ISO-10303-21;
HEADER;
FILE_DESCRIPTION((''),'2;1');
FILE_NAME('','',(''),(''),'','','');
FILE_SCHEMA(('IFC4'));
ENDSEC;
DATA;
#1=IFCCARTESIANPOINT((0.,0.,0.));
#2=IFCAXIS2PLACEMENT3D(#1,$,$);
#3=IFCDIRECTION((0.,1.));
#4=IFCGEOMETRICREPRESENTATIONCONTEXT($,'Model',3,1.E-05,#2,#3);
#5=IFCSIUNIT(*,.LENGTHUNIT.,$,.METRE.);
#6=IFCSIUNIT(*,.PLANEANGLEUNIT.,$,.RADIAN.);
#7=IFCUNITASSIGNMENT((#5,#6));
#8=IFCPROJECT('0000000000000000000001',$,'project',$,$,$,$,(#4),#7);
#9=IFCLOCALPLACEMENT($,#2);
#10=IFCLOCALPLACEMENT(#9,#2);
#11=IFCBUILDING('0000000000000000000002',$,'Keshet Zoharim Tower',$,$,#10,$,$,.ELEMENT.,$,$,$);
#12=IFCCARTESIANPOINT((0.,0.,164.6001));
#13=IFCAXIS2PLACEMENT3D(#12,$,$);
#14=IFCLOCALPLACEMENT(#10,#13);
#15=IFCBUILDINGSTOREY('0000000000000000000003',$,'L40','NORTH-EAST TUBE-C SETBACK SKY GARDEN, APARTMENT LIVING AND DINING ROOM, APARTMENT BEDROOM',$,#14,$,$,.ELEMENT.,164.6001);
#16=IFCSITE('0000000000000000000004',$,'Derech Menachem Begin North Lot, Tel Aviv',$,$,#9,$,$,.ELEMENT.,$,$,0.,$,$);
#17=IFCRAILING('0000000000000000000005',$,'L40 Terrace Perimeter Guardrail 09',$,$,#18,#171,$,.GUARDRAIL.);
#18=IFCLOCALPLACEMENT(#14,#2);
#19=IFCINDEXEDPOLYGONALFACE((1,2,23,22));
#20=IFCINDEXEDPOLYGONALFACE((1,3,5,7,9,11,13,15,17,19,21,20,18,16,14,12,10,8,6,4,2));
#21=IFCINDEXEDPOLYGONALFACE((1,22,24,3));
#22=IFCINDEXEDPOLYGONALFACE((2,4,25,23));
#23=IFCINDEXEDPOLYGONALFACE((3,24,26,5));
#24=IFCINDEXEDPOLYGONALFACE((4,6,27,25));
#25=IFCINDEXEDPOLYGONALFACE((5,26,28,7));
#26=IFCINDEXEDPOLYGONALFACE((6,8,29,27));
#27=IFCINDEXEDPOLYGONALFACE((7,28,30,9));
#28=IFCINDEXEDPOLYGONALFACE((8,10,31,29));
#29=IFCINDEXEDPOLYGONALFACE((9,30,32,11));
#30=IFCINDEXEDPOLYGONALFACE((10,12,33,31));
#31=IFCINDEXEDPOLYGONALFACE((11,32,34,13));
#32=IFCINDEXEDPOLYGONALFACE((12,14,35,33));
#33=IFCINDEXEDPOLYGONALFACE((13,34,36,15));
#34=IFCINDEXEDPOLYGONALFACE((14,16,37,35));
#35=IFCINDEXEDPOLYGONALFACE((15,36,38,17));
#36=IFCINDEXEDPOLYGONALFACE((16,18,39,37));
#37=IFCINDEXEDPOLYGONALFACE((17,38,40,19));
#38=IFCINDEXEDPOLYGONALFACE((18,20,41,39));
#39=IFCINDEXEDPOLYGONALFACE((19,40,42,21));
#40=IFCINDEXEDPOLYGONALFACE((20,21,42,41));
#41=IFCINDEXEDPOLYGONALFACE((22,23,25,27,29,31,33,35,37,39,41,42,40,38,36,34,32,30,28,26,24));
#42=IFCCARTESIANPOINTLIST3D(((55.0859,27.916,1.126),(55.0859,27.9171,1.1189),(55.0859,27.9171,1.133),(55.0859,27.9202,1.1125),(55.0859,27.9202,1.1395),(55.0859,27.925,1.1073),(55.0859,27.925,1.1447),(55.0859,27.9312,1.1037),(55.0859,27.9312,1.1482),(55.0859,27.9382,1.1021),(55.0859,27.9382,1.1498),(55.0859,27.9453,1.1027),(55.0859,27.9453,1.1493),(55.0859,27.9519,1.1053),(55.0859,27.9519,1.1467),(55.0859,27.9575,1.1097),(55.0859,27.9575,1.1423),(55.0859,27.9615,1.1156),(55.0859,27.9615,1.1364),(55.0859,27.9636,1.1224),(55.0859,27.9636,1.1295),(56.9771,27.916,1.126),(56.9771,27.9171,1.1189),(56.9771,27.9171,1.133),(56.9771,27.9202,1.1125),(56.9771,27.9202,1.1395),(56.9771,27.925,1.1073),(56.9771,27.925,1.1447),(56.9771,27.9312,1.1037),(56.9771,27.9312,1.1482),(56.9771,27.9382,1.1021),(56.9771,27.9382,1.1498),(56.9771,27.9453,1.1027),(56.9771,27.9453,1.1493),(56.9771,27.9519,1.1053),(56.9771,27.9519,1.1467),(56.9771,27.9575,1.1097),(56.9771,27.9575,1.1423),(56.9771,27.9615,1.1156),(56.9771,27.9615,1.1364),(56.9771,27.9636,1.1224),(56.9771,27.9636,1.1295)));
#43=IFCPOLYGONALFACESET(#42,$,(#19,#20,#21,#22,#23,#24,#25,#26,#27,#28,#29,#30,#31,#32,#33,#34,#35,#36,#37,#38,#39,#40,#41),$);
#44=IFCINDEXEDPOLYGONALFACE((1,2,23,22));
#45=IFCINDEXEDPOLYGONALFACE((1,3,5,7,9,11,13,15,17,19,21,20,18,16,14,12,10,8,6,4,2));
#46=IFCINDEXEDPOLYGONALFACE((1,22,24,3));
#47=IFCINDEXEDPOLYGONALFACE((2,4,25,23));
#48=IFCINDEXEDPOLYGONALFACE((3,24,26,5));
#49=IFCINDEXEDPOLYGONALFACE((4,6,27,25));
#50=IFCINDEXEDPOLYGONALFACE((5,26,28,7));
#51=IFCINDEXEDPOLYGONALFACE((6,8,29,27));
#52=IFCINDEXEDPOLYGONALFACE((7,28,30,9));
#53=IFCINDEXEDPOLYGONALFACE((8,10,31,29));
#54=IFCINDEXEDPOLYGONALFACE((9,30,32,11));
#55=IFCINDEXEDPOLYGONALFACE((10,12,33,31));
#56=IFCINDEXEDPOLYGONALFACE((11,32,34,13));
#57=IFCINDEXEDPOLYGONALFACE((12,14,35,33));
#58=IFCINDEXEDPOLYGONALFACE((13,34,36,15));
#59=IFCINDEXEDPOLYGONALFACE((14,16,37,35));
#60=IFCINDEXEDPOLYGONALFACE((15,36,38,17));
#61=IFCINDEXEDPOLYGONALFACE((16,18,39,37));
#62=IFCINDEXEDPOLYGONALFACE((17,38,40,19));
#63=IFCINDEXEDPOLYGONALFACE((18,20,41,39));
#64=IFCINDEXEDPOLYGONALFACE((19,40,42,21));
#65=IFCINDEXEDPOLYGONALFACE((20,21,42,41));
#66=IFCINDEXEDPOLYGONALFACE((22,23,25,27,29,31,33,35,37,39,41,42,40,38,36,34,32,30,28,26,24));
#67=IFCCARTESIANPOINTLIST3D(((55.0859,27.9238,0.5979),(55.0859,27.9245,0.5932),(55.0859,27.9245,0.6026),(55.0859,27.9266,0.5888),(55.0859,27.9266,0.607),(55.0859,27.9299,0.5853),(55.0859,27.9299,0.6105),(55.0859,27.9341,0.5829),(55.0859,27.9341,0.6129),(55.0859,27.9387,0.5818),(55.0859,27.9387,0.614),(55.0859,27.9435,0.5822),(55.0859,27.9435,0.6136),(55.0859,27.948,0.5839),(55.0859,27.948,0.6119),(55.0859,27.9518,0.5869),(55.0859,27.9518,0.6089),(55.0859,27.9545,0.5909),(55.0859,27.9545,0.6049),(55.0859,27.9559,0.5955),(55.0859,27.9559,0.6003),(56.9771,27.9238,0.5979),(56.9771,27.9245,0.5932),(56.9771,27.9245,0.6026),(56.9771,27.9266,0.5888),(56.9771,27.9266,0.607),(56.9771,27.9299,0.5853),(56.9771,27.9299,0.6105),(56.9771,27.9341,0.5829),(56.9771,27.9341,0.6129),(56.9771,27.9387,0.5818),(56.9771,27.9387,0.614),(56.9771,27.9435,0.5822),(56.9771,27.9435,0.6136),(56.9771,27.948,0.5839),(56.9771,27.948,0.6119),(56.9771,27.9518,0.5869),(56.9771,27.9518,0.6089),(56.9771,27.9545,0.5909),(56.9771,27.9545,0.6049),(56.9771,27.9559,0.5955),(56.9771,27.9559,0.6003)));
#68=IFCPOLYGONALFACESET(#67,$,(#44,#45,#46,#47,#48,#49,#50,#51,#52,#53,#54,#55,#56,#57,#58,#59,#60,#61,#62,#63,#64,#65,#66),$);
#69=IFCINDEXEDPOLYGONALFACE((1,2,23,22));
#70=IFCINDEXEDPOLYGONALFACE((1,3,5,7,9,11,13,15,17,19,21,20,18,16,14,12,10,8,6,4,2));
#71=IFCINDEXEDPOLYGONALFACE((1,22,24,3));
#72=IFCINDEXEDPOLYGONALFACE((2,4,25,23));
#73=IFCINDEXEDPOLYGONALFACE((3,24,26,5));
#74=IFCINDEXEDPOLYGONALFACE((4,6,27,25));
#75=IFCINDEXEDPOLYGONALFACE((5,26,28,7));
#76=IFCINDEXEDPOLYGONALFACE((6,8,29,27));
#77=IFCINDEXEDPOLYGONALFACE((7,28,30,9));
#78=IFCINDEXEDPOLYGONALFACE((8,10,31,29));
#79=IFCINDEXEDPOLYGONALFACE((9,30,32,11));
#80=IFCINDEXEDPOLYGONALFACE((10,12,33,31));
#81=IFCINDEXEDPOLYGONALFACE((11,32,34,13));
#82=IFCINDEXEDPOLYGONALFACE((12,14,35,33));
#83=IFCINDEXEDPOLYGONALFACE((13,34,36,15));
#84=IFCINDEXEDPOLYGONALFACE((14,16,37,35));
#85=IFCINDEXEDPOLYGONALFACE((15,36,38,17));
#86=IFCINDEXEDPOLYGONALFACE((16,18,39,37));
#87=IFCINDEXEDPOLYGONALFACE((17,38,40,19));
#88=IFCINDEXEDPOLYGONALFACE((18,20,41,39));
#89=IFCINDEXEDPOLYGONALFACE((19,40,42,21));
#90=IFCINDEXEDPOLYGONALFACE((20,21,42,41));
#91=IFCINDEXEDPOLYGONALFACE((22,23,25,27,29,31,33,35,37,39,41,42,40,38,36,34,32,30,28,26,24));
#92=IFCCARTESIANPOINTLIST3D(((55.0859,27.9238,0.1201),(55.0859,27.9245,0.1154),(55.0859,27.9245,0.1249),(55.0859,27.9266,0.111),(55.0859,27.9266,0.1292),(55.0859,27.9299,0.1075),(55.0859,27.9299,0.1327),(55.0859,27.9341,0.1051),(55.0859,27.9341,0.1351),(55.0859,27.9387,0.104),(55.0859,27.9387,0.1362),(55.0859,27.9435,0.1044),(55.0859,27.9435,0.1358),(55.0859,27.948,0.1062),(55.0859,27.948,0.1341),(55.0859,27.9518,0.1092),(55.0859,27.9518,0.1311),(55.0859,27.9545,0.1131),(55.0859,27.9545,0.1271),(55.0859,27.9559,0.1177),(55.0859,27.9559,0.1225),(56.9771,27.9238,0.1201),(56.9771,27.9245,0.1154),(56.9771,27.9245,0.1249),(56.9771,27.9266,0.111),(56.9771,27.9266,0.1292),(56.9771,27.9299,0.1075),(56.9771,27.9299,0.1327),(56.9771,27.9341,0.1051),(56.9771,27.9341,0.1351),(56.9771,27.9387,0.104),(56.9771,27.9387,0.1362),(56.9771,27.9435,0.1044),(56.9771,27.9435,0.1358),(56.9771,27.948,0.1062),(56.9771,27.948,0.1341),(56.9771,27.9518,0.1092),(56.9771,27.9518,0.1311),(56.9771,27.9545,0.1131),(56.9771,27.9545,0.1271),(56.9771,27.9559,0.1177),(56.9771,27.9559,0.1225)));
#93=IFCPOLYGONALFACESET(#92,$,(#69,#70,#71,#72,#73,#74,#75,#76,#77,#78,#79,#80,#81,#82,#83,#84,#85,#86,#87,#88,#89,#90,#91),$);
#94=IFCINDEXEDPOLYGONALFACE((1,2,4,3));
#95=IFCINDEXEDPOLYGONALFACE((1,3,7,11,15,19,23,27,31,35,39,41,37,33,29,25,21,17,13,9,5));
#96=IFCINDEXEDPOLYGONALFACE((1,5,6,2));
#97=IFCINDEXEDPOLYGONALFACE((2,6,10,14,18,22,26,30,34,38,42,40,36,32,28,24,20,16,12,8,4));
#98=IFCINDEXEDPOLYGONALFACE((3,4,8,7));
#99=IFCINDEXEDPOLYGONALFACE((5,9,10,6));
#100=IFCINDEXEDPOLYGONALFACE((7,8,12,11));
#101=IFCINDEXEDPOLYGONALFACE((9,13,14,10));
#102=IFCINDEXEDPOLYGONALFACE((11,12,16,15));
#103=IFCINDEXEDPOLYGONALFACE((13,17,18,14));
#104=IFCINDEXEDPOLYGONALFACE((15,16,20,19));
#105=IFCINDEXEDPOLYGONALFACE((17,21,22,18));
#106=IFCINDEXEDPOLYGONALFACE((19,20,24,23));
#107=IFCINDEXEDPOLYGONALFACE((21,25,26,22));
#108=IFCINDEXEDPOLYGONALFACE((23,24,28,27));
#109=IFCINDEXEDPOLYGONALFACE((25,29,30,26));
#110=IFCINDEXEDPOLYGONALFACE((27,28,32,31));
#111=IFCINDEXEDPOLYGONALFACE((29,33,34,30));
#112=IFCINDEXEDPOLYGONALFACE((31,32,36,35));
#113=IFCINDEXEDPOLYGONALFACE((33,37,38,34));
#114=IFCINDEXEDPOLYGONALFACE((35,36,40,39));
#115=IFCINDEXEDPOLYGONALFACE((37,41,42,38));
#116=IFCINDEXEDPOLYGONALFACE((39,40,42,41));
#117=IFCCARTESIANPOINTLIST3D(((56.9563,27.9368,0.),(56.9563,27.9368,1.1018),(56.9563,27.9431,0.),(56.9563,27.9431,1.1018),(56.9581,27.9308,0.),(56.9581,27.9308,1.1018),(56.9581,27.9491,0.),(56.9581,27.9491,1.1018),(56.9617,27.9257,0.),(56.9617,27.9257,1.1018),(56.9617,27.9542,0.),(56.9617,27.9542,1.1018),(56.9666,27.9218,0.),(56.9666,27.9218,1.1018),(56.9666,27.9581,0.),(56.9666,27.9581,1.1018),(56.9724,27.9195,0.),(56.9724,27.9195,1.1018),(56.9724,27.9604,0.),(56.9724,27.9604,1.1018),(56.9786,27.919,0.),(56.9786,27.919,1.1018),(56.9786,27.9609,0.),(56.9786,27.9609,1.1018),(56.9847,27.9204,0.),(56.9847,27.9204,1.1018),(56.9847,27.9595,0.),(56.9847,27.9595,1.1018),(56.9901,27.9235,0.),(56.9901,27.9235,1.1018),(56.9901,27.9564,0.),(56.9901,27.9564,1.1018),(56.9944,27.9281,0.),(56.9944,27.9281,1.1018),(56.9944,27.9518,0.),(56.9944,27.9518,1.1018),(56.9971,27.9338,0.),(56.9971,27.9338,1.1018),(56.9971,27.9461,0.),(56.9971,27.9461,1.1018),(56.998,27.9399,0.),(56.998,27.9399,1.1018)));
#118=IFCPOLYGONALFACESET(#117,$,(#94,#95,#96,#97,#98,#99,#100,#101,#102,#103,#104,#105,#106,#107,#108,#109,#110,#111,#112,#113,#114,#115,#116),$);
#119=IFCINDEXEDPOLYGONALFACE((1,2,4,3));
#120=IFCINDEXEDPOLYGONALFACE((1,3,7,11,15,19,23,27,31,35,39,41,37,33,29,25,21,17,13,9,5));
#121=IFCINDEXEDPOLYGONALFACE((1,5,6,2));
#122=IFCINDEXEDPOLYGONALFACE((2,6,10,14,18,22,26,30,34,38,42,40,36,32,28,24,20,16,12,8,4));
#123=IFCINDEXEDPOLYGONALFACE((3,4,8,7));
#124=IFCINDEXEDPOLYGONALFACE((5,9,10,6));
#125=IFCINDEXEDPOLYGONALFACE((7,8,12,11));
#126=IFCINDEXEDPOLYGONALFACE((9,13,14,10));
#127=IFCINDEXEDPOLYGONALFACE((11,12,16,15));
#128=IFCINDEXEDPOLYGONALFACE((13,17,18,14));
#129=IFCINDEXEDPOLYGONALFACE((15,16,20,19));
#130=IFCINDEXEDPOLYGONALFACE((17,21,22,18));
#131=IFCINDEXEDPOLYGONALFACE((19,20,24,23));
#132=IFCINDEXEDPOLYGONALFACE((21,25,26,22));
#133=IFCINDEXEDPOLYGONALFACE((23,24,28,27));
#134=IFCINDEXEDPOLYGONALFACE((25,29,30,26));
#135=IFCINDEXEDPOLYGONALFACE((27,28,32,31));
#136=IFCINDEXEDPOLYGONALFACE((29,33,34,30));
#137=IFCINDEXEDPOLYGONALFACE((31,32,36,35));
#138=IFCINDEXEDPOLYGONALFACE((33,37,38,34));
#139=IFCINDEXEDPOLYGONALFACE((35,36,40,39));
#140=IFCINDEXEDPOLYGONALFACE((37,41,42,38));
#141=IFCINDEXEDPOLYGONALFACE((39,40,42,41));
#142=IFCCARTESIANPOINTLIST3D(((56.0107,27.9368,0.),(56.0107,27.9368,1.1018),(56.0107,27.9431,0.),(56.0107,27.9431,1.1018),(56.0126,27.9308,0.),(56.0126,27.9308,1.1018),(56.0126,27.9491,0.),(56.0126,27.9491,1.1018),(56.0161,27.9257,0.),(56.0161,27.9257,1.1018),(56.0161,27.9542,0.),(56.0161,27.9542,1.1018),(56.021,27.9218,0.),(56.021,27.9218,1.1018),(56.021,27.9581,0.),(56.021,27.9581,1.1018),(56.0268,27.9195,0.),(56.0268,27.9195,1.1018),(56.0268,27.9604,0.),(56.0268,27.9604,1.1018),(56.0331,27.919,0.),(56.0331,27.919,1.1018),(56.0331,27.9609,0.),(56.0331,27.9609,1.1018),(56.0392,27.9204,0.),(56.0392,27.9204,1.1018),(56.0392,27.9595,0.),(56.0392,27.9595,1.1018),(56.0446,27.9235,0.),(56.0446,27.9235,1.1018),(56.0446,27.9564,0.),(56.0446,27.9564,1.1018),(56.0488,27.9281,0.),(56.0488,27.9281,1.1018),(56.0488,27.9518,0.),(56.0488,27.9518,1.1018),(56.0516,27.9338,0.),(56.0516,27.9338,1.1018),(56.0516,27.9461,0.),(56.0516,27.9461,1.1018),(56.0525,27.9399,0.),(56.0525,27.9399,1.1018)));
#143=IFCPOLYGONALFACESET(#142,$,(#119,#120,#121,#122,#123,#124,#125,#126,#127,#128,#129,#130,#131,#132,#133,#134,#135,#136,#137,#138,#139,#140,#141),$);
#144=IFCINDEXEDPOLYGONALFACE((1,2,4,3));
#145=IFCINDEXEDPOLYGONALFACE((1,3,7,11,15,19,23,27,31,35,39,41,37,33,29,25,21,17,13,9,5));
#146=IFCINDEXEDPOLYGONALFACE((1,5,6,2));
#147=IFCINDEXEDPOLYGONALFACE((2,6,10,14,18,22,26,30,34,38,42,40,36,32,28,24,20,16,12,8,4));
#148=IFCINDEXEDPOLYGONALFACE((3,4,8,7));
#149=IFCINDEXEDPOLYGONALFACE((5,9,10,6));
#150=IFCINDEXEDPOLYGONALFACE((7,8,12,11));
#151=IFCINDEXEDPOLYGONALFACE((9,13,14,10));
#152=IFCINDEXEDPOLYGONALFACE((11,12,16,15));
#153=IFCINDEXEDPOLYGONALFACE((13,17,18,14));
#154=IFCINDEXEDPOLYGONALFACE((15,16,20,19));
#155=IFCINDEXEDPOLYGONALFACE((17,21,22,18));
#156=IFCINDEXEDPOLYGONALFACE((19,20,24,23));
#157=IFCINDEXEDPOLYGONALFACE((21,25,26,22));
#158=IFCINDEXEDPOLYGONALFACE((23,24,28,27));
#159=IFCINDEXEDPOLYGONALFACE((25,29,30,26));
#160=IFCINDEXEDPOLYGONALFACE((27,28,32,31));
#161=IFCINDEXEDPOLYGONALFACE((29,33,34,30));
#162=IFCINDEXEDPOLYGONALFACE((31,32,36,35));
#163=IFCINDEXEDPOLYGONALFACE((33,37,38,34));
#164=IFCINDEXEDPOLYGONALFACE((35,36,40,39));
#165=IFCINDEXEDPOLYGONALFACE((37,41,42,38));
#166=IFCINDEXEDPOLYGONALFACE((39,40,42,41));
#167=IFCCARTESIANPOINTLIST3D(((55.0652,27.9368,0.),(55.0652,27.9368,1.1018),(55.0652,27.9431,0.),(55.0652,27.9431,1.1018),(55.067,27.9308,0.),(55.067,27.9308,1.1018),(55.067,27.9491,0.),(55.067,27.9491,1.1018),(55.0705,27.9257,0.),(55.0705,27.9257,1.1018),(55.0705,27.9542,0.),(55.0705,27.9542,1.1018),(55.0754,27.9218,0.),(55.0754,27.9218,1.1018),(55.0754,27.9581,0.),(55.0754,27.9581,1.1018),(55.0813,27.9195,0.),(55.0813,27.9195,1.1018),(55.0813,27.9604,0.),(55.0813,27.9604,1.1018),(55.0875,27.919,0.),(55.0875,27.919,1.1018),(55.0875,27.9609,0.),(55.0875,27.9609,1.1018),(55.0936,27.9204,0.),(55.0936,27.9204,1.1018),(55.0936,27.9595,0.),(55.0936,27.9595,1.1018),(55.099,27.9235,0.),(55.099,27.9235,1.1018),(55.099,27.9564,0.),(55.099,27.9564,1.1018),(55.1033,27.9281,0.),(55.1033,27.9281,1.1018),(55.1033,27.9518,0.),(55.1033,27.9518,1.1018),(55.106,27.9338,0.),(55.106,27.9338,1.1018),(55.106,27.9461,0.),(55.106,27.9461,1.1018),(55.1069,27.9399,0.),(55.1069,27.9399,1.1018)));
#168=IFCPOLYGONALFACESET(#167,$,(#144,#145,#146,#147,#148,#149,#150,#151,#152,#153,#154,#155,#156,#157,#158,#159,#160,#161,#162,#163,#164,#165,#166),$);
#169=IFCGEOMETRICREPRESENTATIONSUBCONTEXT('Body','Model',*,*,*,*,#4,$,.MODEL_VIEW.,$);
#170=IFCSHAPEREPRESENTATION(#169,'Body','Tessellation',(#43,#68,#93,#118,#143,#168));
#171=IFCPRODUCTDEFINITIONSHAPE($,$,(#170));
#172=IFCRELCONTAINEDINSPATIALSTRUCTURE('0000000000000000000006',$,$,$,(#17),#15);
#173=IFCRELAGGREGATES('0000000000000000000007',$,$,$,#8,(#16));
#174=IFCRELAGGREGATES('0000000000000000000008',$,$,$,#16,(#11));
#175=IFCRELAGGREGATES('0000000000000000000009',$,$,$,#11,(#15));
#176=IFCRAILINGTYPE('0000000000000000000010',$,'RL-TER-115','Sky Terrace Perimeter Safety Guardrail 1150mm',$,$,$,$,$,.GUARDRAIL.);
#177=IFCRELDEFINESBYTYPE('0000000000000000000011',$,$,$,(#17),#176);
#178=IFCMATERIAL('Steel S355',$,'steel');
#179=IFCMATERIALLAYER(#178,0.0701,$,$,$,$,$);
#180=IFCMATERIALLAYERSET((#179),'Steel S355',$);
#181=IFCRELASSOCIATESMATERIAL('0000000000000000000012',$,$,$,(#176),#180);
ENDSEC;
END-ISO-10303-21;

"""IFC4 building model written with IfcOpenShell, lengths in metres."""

from ifc_helpers import new_model, si_unit, direction, frame, origin, origin_2d, place, context, subcontext, project, spatial, circle, extrude, material, layer, layer_set, type_object, element, save


model = new_model("IFC4")

# Units and contexts
model_context = context("Model", 3, precision=1e-05, world=origin(), true_north=direction((0.0, 1.0)))
body_context = subcontext(model_context, "Body", "Model", "MODEL_VIEW")
ifc_project = project(units=[si_unit("LENGTHUNIT", "METRE"), si_unit("PLANEANGLEUNIT", "RADIAN")], contexts=[model_context])

# Site, building, storey
site_placement = place(None, origin())
site = spatial("IfcSite", under=ifc_project, at=site_placement, Name="Derech Menachem Begin North Lot, Tel Aviv", CompositionType="ELEMENT", RefElevation=0.0)
building_placement = place(site_placement, origin())
building = spatial("IfcBuilding", under=site, at=building_placement, Name="Keshet Zoharim Tower", CompositionType="ELEMENT")
storey_placement = place(building_placement, frame((0.0, 0.0, 164.6001)))
storey = spatial("IfcBuildingStorey", under=building, at=storey_placement, Name="L40", Description="NORTH-EAST TUBE-C SETBACK SKY GARDEN, APARTMENT LIVING AND DINING ROOM, APARTMENT BEDROOM", CompositionType="ELEMENT", Elevation=164.6001)

# Shared definitions
ifc_material_1 = material(Name="Steel S355", Category="steel")

# Railing
ifc_layer_1 = layer(ifc_material_1, 0.0701)
ifc_layer_set_1 = layer_set([ifc_layer_1], Name="Steel S355")
railing_type = type_object("IfcRailingType", Name="RL-TER-115", Description="Sky Terrace Perimeter Safety Guardrail 1150mm", PredefinedType="GUARDRAIL", material=ifc_layer_set_1)
railing_1_placement = place(storey_placement, frame((56.9771, 27.9399, 0.0)))
element("IfcRailing", 1, at=railing_1_placement, inside=storey, type_object=railing_type, Name="L40 Terrace Perimeter Guardrail 09", PredefinedType="GUARDRAIL", context=body_context, shape_type="SweptSolid", body=[
    extrude(circle(Radius=0.0239, at=origin_2d()), frame((0.0, 0.0, 1.126), z_axis=(-1.0, 0.0, 0.0), x_axis=(0.0, -1.0, 0.0)), (0.0, 0.0, 1.0), 1.8911),
    extrude(circle(Radius=0.0161, at=origin_2d()), frame((0.0, 0.0, 0.5979), z_axis=(-1.0, 0.0, 0.0), x_axis=(0.0, -1.0, 0.0)), (0.0, 0.0, 1.0), 1.8911),
    extrude(circle(Radius=0.0161, at=origin_2d()), frame((0.0, 0.0, 0.1201), z_axis=(-1.0, 0.0, 0.0), x_axis=(0.0, -1.0, 0.0)), (0.0, 0.0, 1.0), 1.8911),
    extrude(circle(Radius=0.021, at=origin_2d()), origin(), (0.0, 0.0, 1.0), 1.1018),
    extrude(circle(Radius=0.021, at=origin_2d()), frame((-0.9456, 0.0, 0.0)), (0.0, 0.0, 1.0), 1.1018),
    extrude(circle(Radius=0.021, at=origin_2d()), frame((-1.8911, 0.0, 0.0)), (0.0, 0.0, 1.0), 1.1018),
])

save(model, "model.ifc")
